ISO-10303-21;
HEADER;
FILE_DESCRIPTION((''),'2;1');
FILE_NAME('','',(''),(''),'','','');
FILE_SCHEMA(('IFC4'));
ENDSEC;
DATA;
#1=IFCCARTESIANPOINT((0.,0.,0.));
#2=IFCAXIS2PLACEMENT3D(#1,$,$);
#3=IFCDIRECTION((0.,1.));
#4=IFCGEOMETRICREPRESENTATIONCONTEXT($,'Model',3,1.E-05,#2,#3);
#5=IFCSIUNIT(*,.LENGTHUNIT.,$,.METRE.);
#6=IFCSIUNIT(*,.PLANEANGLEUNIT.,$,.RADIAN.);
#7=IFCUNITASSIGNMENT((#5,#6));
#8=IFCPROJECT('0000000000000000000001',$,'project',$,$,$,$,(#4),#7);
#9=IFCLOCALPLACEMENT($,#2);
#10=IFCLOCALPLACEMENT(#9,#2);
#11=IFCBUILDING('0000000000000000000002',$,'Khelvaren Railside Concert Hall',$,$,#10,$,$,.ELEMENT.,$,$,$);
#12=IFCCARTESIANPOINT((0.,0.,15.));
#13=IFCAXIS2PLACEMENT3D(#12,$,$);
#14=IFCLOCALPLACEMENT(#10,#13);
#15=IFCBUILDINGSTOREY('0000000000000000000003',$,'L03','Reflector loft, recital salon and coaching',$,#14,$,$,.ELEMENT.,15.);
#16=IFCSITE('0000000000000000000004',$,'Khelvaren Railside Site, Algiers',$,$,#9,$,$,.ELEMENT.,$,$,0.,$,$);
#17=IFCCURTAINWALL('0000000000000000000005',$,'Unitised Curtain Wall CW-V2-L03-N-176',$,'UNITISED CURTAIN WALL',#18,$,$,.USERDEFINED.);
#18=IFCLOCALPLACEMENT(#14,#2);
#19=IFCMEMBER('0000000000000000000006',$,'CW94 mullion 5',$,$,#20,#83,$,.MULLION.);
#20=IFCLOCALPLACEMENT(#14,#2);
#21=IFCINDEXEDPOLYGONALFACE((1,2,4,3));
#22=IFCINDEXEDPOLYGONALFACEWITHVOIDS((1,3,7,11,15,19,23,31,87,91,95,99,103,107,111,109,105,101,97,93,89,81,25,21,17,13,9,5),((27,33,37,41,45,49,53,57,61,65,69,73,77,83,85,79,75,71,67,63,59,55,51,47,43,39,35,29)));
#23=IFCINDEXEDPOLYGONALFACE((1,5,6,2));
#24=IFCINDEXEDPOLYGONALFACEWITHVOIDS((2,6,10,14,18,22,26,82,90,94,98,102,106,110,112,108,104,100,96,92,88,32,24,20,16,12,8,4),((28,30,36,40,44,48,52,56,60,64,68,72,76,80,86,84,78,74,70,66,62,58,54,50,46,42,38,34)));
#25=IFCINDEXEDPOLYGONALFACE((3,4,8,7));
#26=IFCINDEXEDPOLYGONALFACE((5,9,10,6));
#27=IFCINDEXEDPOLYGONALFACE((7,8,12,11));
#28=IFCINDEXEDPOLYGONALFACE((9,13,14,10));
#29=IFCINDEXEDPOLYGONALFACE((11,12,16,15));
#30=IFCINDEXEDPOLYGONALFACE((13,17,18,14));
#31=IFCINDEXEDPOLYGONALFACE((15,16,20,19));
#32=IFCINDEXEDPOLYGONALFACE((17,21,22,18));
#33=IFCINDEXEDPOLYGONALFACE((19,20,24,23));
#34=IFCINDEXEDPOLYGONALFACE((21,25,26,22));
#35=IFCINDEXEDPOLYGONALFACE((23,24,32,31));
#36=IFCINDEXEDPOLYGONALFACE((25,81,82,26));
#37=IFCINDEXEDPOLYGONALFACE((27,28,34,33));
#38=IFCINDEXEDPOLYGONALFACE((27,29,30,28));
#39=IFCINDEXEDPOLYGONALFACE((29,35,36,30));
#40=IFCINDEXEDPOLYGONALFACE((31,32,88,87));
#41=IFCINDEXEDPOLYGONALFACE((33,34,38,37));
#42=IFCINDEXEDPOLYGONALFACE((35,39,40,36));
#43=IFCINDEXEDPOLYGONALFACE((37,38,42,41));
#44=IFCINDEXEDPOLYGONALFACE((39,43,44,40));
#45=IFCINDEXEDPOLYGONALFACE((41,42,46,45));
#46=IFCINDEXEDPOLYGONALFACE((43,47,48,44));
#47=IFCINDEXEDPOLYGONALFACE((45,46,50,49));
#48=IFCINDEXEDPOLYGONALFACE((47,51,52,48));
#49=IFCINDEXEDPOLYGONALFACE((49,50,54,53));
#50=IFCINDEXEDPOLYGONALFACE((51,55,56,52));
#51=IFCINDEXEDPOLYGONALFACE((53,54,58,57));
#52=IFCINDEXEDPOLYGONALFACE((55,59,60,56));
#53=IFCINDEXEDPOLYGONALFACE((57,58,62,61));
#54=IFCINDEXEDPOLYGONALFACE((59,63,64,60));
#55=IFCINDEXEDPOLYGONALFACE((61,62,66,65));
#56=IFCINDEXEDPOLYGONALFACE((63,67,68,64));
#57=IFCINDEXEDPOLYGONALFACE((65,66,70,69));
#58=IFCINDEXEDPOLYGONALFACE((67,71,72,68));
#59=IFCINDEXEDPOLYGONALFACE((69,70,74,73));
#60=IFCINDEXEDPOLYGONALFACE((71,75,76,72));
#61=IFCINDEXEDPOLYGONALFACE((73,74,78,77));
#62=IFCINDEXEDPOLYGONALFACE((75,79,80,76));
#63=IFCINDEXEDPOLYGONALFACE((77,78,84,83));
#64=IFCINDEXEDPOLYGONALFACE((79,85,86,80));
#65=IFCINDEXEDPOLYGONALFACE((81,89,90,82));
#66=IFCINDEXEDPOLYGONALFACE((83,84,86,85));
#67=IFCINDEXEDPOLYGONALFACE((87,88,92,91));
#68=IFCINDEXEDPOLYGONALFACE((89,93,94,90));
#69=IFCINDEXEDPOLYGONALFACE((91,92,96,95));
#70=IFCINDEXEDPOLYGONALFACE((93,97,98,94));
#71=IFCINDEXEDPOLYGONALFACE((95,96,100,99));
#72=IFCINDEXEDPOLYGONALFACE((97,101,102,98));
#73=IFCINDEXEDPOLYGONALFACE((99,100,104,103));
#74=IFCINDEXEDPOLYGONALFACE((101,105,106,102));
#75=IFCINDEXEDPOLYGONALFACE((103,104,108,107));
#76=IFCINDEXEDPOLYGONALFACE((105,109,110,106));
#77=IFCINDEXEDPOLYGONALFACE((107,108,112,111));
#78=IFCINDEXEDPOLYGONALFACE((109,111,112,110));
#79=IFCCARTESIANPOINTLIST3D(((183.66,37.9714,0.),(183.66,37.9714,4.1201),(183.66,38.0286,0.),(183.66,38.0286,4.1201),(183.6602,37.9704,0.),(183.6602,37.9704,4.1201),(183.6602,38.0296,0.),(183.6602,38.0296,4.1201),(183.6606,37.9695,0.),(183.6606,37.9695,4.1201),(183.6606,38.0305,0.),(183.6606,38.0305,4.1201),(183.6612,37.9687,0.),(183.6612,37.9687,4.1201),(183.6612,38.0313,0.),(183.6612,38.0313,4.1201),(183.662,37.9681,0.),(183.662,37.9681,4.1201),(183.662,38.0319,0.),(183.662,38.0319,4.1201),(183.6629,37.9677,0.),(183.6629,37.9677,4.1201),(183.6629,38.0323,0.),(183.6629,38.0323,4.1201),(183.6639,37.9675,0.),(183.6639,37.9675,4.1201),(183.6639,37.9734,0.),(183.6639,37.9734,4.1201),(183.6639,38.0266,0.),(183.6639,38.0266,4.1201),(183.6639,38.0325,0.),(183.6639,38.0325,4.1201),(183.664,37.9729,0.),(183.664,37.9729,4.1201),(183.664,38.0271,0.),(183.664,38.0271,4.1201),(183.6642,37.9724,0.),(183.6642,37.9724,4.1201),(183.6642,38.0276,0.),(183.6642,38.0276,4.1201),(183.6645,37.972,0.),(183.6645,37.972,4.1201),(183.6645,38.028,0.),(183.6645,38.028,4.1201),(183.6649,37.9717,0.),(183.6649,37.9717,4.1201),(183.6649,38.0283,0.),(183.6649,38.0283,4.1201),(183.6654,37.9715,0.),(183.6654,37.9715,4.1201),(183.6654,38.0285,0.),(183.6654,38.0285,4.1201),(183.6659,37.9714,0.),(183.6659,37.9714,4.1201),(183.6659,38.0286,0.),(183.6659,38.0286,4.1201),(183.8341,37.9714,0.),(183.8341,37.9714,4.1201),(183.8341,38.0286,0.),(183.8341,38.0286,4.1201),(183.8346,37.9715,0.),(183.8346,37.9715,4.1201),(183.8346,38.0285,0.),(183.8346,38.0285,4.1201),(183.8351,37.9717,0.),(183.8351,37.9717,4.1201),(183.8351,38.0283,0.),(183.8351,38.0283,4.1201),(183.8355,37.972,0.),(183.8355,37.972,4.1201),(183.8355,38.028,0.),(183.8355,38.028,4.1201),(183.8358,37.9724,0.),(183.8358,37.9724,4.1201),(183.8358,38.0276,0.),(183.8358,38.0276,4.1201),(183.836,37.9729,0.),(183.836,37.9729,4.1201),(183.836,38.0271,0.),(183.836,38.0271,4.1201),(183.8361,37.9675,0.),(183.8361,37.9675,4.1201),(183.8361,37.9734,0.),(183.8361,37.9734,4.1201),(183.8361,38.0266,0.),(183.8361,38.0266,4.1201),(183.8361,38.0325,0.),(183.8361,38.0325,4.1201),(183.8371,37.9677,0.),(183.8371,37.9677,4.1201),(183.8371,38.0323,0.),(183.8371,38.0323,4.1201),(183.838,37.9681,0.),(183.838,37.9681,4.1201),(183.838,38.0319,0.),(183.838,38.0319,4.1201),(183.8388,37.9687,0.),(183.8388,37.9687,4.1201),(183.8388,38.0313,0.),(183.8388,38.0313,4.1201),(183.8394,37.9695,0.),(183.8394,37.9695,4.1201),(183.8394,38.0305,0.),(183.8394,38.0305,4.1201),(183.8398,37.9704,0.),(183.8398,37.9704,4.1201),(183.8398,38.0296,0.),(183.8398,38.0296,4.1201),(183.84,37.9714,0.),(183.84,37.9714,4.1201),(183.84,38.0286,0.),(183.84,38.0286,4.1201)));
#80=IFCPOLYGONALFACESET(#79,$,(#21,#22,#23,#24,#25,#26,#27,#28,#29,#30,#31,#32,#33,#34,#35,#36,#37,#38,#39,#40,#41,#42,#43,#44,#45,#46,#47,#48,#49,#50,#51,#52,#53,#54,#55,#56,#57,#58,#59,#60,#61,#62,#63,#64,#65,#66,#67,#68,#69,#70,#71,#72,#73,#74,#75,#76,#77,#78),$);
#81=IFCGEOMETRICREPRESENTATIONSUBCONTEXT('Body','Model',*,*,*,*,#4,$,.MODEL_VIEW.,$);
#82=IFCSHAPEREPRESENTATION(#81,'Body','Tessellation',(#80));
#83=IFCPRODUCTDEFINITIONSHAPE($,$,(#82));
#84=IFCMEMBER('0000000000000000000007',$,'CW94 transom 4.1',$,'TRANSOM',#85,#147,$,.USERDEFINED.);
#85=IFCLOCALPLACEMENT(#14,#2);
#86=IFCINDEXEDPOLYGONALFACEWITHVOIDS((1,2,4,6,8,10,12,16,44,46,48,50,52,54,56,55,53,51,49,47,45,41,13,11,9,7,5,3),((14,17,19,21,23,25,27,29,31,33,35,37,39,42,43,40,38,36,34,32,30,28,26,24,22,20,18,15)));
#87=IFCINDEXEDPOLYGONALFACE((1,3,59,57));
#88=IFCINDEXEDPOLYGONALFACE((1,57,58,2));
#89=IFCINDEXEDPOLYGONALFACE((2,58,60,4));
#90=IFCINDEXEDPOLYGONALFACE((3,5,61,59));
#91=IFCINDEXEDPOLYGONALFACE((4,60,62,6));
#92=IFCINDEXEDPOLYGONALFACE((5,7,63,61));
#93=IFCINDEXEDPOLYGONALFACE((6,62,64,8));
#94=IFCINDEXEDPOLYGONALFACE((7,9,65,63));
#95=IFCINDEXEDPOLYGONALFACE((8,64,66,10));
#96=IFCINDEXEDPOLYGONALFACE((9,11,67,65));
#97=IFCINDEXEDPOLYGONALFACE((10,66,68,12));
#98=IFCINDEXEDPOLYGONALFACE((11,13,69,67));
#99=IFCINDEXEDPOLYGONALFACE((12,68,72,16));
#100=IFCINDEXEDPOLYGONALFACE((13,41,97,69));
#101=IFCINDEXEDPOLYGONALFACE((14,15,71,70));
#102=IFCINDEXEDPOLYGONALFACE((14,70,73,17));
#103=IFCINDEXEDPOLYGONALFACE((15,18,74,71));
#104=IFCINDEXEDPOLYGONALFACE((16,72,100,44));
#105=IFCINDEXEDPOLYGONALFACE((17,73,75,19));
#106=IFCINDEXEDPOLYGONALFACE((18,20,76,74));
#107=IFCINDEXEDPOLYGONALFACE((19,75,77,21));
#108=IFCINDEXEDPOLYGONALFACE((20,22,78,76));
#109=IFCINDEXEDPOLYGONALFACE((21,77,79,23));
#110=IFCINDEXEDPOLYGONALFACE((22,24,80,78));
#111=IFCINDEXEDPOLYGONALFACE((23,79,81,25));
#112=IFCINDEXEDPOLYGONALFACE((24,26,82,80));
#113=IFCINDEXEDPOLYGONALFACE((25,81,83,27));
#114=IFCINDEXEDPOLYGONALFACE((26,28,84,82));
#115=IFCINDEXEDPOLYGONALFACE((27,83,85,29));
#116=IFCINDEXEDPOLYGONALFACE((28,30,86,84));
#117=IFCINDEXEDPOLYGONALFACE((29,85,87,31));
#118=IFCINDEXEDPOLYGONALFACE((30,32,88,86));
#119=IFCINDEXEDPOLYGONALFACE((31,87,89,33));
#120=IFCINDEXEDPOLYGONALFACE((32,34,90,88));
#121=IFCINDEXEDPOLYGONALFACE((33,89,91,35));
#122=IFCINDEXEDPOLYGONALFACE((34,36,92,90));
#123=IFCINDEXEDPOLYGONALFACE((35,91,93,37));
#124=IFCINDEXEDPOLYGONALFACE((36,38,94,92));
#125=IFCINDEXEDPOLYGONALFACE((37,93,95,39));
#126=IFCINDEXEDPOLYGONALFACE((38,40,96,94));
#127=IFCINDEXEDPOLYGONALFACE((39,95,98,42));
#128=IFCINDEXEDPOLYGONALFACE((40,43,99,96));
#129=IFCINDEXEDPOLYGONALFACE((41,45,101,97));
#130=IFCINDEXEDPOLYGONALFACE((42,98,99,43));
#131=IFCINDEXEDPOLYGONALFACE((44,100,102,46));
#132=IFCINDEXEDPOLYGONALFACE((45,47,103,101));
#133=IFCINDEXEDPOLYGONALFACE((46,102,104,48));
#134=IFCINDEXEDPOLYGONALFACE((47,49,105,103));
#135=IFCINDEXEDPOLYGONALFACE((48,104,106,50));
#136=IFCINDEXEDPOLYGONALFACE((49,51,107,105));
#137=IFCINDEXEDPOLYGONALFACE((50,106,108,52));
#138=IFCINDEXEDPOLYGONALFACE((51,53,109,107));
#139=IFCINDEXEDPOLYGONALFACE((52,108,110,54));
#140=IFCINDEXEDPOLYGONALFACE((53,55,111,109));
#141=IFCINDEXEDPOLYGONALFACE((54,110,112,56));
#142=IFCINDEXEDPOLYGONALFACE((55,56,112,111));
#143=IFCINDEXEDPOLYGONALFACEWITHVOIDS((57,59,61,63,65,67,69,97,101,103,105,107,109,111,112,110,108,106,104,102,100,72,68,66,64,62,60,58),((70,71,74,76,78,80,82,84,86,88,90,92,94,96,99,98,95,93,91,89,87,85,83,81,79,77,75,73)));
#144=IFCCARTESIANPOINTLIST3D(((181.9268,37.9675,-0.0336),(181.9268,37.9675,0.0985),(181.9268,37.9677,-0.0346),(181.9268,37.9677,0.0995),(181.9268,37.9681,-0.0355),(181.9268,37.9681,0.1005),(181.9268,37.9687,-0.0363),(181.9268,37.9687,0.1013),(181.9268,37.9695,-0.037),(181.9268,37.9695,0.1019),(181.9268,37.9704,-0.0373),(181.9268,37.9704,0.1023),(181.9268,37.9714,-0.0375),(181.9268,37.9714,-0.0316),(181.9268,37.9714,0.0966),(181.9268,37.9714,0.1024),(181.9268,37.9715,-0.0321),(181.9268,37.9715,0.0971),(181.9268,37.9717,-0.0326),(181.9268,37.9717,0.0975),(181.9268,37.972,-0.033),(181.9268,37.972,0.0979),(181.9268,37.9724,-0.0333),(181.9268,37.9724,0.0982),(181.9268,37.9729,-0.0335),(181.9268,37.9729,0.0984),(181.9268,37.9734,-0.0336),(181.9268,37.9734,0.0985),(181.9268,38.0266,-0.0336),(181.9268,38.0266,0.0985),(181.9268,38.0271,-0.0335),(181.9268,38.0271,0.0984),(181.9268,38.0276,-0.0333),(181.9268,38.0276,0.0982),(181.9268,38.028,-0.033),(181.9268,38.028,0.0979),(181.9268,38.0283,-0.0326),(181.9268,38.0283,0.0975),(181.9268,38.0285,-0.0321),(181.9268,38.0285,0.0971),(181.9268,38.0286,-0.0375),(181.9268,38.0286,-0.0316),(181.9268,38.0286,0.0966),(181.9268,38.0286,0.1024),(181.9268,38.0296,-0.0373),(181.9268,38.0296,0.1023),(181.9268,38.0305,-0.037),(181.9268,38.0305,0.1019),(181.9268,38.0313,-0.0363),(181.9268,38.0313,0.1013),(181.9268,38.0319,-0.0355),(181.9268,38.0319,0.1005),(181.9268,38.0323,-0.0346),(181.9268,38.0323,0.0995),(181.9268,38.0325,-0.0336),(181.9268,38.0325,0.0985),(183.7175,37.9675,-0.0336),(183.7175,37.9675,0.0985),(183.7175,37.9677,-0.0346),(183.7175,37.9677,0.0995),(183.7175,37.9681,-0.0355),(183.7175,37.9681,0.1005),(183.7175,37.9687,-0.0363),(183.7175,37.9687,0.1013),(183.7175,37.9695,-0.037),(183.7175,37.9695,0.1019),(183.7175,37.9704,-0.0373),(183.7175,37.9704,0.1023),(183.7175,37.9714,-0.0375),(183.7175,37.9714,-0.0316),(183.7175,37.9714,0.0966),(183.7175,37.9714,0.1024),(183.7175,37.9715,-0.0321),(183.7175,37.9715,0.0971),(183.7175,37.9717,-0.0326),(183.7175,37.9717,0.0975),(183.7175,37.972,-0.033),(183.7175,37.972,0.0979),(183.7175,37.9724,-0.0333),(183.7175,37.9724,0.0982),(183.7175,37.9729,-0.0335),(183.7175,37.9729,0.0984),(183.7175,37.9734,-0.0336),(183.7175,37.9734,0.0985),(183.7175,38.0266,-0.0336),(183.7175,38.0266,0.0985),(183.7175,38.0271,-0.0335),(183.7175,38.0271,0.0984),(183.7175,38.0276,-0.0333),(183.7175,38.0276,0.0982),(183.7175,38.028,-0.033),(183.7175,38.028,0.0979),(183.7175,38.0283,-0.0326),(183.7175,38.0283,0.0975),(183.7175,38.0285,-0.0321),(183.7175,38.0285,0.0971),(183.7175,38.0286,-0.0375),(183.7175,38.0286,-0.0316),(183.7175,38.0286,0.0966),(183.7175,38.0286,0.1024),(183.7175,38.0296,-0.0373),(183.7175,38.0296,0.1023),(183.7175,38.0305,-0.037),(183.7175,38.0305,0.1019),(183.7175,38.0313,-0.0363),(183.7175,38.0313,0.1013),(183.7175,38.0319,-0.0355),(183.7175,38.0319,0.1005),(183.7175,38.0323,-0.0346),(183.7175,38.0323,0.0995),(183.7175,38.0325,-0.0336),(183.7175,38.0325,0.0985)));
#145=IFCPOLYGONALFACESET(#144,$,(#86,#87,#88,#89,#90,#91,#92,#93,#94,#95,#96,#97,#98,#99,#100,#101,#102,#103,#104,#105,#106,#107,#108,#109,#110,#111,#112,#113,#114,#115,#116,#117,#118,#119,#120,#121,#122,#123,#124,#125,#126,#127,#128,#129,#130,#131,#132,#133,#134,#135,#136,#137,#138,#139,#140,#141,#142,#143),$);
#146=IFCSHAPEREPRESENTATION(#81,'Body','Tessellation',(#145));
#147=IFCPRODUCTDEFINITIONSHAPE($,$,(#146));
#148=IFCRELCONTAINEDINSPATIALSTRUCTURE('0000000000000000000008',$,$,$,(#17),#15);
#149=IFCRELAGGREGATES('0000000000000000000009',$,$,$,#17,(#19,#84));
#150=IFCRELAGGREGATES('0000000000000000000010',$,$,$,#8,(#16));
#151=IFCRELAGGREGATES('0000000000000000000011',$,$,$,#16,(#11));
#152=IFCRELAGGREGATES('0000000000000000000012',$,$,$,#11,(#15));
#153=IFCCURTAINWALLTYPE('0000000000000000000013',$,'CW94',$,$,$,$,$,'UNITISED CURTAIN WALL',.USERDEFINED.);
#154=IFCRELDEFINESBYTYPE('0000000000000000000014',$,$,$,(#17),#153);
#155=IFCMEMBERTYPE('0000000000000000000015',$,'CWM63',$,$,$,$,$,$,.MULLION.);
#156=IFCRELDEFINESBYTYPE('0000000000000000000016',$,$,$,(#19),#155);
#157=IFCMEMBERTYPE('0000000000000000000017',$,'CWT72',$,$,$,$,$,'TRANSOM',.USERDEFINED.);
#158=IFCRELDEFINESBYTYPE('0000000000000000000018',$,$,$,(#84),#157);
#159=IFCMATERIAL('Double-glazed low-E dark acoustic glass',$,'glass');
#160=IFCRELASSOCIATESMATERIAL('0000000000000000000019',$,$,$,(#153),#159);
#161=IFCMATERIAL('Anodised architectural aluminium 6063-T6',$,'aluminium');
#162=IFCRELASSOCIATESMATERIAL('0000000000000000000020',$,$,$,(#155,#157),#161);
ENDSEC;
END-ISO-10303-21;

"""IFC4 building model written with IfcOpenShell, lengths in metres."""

from ifc_helpers import new_model, si_unit, direction, frame, origin, origin_2d, place, context, subcontext, project, spatial, hollow_rectangle, extrude, material, material_profile, profile_set, type_object, element, aggregate, save


model = new_model("IFC4")

# Units and contexts
model_context = context("Model", 3, precision=1e-05, world=origin(), true_north=direction((0.0, 1.0)))
body_context = subcontext(model_context, "Body", "Model", "MODEL_VIEW")
ifc_project = project(units=[si_unit("LENGTHUNIT", "METRE"), si_unit("PLANEANGLEUNIT", "RADIAN")], contexts=[model_context])

# Site, building, storey
site_placement = place(None, origin())
site = spatial("IfcSite", under=ifc_project, at=site_placement, Name="Khelvaren Railside Site, Algiers", CompositionType="ELEMENT", RefElevation=0.0)
building_placement = place(site_placement, origin())
building = spatial("IfcBuilding", under=site, at=building_placement, Name="Khelvaren Railside Concert Hall", CompositionType="ELEMENT")
storey_placement = place(building_placement, frame((0.0, 0.0, 15.0)))
storey = spatial("IfcBuildingStorey", under=building, at=storey_placement, Name="L03", Description="Reflector loft, recital salon and coaching", CompositionType="ELEMENT", Elevation=15.0)

# Curtain wall, members
ifc_material_1 = material(Name="Double-glazed low-E dark acoustic glass", Category="glass")
curtain_wall_type = type_object("IfcCurtainWallType", Name="CW94", ElementType="UNITISED CURTAIN WALL", PredefinedType="USERDEFINED", material=ifc_material_1)
curtain_wall_placement = place(storey_placement, origin())
curtain_wall = element("IfcCurtainWall", 1, at=curtain_wall_placement, inside=storey, type_object=curtain_wall_type, Name="Unitised Curtain Wall CW-V2-L03-N-176", ObjectType="UNITISED CURTAIN WALL", PredefinedType="USERDEFINED")
ifc_material_2 = material(Name="Anodised architectural aluminium 6063-T6", Category="aluminium")
ifc_material_profile_1 = material_profile(ifc_material_2, hollow_rectangle(XDim=0.0649, YDim=0.1799, WallThickness=0.0039, InnerFilletRadius=0.002, OuterFilletRadius=0.0039, at=origin_2d()), Name="CWM 65x180x4")
ifc_profile_set_1 = profile_set([ifc_material_profile_1], Name="Anodised architectural aluminium 6063-T6")
member_type_1 = type_object("IfcMemberType", Name="CWM63", PredefinedType="MULLION", material=ifc_profile_set_1)
member_1_placement = place(storey_placement, frame((183.75, 38.0, 0.0), z_axis=(0.0, 0.0, 1.0), x_axis=(0.0, 1.0, 0.0)))
member_1 = element("IfcMember", 2, at=member_1_placement, type_object=member_type_1, Name="CW94 mullion 5", PredefinedType="MULLION", context=body_context, shape_type="SweptSolid", body=[
    extrude(hollow_rectangle(XDim=0.0649, YDim=0.1799, WallThickness=0.0039, InnerFilletRadius=0.002, OuterFilletRadius=0.0039, at=origin_2d()), origin(), (0.0, 0.0, 1.0), 4.1201),
])
ifc_material_profile_2 = material_profile(ifc_material_2, hollow_rectangle(XDim=0.0649, YDim=0.1399, WallThickness=0.0039, InnerFilletRadius=0.002, OuterFilletRadius=0.0039, at=origin_2d()), Name="CWT 65x140x4")
ifc_profile_set_2 = profile_set([ifc_material_profile_2], Name="Anodised architectural aluminium 6063-T6")
member_type_2 = type_object("IfcMemberType", Name="CWT72", ElementType="TRANSOM", PredefinedType="USERDEFINED", material=ifc_profile_set_2)
member_2_placement = place(storey_placement, frame((181.9268, 38.0, 0.0325), z_axis=(1.0, 0.0, 0.0), x_axis=(0.0, 1.0, 0.0)))
member_2 = element("IfcMember", 3, at=member_2_placement, type_object=member_type_2, Name="CW94 transom 4.1", ObjectType="TRANSOM", PredefinedType="USERDEFINED", context=body_context, shape_type="SweptSolid", body=[
    extrude(hollow_rectangle(XDim=0.0649, YDim=0.1399, WallThickness=0.0039, InnerFilletRadius=0.002, OuterFilletRadius=0.0039, at=origin_2d()), origin(), (0.0, 0.0, 1.0), 1.7908),
])

aggregate(curtain_wall, [member_1, member_2])

save(model, "model.ifc")
